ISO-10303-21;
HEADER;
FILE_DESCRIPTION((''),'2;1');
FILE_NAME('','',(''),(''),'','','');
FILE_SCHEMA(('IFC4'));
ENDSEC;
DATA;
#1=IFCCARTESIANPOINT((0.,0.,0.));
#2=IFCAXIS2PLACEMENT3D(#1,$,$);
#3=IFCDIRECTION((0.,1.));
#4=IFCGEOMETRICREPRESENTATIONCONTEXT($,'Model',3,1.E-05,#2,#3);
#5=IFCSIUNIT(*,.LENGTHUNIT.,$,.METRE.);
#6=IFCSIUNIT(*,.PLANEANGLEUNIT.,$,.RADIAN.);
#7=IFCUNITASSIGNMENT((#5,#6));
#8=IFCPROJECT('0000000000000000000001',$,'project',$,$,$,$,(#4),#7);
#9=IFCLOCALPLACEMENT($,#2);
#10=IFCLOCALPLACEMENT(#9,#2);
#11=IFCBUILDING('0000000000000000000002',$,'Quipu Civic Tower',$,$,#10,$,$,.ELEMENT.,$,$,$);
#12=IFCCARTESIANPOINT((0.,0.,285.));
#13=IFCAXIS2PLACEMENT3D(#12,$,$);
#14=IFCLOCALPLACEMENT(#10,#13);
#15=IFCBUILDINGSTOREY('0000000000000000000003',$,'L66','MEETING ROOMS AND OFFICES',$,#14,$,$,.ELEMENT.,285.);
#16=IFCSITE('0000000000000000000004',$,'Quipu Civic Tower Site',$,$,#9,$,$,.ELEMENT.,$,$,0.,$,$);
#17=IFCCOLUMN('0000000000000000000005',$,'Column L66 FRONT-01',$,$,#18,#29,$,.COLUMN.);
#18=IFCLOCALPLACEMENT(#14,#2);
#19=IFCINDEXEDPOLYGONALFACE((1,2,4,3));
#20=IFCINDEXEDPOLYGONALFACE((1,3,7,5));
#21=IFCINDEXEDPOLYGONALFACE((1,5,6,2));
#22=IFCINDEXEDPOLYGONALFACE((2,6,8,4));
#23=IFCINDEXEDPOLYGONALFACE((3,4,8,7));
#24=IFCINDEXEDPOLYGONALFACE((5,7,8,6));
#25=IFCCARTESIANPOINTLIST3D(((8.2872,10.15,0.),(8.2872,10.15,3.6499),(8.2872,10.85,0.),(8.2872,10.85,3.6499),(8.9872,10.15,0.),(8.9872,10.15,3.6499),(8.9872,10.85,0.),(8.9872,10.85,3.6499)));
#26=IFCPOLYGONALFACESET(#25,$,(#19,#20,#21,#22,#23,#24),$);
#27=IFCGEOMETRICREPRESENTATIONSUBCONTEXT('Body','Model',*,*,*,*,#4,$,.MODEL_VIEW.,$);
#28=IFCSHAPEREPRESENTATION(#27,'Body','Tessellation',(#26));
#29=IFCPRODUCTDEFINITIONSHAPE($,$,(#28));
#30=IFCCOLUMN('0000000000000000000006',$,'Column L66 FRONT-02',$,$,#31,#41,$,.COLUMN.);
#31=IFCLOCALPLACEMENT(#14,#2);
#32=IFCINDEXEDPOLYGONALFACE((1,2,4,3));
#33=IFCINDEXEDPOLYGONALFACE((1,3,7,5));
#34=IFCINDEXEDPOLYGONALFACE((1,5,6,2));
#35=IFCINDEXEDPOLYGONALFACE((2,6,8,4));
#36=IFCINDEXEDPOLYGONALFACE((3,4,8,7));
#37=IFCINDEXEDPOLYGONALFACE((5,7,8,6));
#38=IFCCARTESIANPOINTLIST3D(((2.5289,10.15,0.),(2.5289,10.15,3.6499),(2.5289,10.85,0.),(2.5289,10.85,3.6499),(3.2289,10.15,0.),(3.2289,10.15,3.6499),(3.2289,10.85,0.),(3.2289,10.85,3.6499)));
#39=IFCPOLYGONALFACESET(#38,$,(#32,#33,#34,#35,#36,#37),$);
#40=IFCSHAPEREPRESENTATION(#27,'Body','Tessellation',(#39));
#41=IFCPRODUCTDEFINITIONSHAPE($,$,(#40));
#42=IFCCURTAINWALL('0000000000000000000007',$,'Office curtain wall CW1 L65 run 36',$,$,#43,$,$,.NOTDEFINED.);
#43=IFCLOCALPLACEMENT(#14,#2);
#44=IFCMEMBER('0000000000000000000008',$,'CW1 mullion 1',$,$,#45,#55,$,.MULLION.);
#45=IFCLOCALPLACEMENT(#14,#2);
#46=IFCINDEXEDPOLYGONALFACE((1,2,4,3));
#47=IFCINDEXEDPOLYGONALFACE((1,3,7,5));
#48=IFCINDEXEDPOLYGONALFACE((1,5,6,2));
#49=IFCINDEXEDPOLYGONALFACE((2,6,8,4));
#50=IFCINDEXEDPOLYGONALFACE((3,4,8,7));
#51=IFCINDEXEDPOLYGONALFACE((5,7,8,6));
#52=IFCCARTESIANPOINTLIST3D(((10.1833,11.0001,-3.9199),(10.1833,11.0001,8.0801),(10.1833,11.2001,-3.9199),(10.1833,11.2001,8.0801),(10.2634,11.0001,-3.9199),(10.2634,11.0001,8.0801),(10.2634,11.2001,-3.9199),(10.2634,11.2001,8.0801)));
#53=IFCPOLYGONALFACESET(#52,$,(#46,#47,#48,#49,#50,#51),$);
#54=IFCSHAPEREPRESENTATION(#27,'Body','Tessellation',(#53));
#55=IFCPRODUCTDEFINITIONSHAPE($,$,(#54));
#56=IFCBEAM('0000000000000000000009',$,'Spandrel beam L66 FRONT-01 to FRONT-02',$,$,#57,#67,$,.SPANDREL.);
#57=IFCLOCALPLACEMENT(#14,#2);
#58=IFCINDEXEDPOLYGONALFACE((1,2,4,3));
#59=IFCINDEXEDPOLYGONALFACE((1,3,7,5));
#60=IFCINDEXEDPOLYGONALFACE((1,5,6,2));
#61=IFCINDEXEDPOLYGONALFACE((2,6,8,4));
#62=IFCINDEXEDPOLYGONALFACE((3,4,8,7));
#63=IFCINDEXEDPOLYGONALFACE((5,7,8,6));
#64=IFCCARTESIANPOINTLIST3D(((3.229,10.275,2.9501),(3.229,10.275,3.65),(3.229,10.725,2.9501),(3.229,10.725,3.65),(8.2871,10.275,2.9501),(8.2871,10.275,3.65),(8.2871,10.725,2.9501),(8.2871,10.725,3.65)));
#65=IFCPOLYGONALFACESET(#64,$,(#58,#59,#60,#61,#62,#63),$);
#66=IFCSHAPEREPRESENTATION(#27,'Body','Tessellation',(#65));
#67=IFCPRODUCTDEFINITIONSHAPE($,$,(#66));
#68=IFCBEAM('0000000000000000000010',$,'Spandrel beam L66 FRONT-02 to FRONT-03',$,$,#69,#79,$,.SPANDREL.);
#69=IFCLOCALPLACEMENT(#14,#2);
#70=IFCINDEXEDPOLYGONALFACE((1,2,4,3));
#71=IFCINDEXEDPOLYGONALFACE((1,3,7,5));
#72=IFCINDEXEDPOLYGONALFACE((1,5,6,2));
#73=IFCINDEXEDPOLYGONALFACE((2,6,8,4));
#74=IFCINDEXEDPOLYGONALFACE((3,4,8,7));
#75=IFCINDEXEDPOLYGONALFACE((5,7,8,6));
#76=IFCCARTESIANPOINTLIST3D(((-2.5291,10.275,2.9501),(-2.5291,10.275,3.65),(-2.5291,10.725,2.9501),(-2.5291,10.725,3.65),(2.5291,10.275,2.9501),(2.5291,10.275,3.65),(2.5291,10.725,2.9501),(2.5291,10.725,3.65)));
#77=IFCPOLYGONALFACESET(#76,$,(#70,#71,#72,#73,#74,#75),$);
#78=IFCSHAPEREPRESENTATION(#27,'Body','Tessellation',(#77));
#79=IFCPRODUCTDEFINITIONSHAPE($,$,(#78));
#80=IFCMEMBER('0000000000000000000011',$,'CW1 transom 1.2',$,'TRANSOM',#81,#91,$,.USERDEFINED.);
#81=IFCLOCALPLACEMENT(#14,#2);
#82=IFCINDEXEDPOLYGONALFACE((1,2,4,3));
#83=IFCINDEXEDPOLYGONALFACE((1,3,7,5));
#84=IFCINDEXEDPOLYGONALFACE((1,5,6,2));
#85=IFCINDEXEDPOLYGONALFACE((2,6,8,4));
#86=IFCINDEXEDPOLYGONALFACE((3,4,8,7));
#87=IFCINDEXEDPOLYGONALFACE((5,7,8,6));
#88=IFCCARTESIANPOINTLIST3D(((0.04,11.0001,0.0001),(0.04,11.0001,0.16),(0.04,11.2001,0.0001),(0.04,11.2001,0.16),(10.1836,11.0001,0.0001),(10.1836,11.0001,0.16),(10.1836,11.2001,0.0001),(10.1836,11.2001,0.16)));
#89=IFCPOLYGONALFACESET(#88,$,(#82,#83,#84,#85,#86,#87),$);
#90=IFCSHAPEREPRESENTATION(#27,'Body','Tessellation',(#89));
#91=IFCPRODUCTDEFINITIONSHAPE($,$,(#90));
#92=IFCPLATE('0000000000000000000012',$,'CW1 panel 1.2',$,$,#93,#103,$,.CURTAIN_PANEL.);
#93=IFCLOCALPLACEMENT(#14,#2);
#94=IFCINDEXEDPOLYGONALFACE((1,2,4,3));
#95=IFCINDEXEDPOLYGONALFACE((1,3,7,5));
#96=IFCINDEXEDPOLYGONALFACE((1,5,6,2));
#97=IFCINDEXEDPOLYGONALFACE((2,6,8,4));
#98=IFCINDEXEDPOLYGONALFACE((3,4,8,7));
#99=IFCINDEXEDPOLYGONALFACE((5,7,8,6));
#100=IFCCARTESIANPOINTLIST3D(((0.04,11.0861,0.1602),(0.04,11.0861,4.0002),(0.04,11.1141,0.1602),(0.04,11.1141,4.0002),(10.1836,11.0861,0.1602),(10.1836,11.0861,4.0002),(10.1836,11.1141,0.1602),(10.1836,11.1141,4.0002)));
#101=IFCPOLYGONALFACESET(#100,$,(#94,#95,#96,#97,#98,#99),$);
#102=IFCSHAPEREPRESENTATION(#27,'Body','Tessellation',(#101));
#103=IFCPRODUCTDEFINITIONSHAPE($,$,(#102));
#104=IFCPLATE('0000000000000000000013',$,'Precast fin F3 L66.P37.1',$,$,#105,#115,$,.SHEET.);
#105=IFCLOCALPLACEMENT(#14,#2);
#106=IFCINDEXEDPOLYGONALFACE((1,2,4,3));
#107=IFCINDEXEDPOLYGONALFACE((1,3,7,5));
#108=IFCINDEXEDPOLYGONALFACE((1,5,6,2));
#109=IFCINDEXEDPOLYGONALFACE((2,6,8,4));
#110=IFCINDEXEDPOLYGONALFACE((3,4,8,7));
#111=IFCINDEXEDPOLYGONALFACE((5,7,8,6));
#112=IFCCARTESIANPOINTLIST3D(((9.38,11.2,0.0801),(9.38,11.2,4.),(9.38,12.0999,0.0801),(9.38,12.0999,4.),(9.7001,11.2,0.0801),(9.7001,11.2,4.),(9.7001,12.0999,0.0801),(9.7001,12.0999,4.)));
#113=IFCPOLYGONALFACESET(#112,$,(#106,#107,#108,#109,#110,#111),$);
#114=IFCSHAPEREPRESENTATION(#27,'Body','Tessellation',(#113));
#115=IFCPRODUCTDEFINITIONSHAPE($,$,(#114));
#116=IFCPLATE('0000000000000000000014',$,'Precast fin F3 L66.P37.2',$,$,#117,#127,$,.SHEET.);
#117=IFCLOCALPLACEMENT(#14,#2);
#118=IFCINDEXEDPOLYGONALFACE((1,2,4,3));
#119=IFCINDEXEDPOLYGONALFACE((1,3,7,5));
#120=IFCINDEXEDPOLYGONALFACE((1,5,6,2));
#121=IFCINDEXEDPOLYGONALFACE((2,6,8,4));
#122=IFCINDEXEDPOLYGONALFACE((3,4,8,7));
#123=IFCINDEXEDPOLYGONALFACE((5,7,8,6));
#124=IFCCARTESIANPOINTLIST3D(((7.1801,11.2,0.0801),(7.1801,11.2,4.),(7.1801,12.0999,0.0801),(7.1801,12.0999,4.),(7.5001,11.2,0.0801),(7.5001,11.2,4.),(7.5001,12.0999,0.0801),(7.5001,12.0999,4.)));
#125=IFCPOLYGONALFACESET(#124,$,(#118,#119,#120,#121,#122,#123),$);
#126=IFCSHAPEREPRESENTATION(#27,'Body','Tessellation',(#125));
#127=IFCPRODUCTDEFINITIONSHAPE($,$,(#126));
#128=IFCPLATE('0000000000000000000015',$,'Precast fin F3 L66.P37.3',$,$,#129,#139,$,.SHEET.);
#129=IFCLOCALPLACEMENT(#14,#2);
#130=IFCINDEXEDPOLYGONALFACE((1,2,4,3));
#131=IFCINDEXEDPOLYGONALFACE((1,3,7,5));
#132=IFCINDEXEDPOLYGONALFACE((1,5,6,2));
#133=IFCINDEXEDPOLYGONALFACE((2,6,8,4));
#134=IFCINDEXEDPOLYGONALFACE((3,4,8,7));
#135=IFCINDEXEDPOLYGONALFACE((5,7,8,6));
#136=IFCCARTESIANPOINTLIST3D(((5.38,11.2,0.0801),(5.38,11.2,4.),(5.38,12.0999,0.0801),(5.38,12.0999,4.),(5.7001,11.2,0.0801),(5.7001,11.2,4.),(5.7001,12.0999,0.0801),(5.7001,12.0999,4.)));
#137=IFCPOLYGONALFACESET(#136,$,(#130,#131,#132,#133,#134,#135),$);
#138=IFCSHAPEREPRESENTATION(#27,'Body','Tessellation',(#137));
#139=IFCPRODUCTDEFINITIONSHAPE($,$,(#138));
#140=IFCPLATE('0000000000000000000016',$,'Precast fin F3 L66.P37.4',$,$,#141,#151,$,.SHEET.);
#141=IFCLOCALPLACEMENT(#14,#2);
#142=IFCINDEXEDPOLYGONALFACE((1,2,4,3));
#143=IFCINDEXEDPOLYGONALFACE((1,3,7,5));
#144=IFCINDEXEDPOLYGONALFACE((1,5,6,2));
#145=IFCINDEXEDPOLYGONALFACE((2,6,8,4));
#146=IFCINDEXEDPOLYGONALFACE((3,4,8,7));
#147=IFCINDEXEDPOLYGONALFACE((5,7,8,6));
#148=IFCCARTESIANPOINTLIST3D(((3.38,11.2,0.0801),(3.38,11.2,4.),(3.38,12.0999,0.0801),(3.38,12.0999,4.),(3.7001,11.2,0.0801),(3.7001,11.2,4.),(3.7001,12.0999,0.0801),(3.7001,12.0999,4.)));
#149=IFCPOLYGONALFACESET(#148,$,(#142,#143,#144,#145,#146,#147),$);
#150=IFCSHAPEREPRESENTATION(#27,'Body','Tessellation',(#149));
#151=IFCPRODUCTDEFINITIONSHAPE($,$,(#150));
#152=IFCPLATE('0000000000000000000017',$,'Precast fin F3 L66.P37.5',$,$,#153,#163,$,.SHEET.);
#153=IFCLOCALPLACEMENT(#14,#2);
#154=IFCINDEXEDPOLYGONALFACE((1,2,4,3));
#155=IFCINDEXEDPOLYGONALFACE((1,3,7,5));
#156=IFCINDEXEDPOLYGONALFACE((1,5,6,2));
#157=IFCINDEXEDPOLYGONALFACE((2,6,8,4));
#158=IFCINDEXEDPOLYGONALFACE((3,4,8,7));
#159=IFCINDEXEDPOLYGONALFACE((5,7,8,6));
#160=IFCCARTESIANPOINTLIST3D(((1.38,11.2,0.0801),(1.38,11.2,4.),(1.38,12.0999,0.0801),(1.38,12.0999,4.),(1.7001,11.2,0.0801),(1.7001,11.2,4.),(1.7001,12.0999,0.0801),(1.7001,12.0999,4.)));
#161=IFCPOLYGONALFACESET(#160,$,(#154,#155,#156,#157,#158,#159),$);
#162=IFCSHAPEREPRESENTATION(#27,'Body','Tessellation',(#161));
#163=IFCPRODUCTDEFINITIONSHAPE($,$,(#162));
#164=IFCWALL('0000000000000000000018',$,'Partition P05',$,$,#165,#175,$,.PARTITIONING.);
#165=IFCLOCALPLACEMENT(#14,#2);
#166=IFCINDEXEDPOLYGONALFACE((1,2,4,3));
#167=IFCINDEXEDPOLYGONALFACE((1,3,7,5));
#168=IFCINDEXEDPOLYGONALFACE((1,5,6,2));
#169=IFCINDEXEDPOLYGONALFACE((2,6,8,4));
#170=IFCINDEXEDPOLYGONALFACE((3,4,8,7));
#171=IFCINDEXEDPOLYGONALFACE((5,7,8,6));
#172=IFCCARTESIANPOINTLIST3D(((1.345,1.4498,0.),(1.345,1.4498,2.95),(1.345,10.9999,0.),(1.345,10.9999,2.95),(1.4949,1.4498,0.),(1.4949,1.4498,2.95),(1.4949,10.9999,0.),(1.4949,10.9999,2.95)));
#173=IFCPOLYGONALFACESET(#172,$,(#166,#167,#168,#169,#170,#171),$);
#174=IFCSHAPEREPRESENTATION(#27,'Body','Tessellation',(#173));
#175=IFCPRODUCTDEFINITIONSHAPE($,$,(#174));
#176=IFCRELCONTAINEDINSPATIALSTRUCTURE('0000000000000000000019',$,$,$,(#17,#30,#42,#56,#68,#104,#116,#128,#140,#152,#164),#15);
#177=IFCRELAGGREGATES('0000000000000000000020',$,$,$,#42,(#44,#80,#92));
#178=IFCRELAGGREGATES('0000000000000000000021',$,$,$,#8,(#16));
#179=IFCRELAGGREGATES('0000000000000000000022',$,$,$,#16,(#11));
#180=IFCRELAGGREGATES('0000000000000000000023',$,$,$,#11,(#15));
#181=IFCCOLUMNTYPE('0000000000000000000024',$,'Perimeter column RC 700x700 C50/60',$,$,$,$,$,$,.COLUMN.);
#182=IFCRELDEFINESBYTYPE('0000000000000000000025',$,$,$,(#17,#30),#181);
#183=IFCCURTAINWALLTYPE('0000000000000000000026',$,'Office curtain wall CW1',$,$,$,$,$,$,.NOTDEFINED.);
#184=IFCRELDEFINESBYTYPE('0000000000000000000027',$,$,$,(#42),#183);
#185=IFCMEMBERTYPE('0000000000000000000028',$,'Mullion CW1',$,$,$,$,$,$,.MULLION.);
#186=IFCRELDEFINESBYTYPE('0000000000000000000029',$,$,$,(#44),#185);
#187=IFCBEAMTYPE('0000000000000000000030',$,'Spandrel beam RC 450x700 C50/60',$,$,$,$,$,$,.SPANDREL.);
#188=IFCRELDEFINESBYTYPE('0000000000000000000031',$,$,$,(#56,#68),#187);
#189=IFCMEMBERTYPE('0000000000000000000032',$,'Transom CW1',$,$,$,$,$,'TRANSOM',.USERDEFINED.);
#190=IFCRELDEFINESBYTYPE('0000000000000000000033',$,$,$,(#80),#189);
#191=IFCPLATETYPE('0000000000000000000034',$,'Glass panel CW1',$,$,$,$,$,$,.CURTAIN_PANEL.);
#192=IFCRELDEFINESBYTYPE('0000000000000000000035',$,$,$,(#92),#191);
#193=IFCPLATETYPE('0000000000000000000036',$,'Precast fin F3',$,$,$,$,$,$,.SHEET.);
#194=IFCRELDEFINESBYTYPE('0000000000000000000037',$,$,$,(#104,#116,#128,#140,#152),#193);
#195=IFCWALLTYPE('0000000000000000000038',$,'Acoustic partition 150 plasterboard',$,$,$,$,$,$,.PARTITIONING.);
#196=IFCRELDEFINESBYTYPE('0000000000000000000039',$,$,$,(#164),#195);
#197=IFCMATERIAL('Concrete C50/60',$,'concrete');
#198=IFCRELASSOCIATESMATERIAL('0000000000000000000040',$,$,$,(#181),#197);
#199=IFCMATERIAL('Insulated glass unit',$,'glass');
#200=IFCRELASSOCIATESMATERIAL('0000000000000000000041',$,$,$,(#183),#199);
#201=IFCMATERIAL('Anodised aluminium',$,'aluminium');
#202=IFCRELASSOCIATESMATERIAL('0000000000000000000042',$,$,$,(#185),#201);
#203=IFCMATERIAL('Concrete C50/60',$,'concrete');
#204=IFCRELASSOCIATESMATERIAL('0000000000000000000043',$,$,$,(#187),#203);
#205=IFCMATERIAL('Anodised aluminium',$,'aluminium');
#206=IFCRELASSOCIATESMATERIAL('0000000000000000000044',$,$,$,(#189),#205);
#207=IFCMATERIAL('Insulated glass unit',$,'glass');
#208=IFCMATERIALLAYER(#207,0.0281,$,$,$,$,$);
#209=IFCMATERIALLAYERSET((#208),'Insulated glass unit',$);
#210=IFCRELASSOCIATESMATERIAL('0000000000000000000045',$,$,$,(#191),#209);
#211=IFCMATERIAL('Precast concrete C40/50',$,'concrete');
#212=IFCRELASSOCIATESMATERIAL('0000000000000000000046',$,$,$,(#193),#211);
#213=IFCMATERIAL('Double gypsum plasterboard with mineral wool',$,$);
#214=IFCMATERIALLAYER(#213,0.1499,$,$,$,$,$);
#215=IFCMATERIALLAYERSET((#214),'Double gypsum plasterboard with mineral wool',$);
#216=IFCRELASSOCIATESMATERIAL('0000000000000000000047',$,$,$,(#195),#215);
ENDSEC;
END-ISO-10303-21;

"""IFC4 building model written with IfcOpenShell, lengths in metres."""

from ifc_helpers import new_model, si_unit, direction, frame, frame_2d, origin, origin_2d, place, context, subcontext, project, spatial, rectangle, extrude, material, layer, layer_set, material_profile, profile_set, type_object, element, aggregate, save


model = new_model("IFC4")

# Units and contexts
model_context = context("Model", 3, precision=1e-05, world=origin(), true_north=direction((0.0, 1.0)))
body_context = subcontext(model_context, "Body", "Model", "MODEL_VIEW")
ifc_project = project(units=[si_unit("LENGTHUNIT", "METRE"), si_unit("PLANEANGLEUNIT", "RADIAN")], contexts=[model_context])

# Site, building, storey
site_placement = place(None, origin())
site = spatial("IfcSite", under=ifc_project, at=site_placement, Name="Quipu Civic Tower Site", CompositionType="ELEMENT", RefElevation=0.0)
building_placement = place(site_placement, origin())
building = spatial("IfcBuilding", under=site, at=building_placement, Name="Quipu Civic Tower", CompositionType="ELEMENT")
storey_placement = place(building_placement, frame((0.0, 0.0, 285.0)))
storey = spatial("IfcBuildingStorey", under=building, at=storey_placement, Name="L66", Description="MEETING ROOMS AND OFFICES", CompositionType="ELEMENT", Elevation=285.0)

# Columns
ifc_material_1 = material(Name="Concrete C50/60", Category="concrete")
ifc_material_profile_1 = material_profile(ifc_material_1, rectangle(XDim=0.7, YDim=0.7, at=origin_2d()), Name="RC700x700")
ifc_profile_set_1 = profile_set([ifc_material_profile_1], Name="Concrete C50/60")
column_type = type_object("IfcColumnType", Name="Perimeter column RC 700x700 C50/60", PredefinedType="COLUMN", material=ifc_profile_set_1)
for number, where, z_axis, x_axis, name in (
    (1, (8.6372, 10.5, 0.0), (0.0, 0.0, 1.0), (-1.0, 0.0, 0.0), "Column L66 FRONT-01"),
    (2, (2.8789, 10.5, 0.0), (0.0, 0.0, 1.0), (-1.0, 0.0, 0.0), "Column L66 FRONT-02"),
):
    element("IfcColumn", number, at=place(storey_placement, frame(where, z_axis=z_axis, x_axis=x_axis)), inside=storey, type_object=column_type, Name=name, PredefinedType="COLUMN", context=body_context, shape_type="SweptSolid", body=[
        extrude(rectangle(XDim=0.7, YDim=0.7, at=origin_2d()), origin(), (0.0, 0.0, 1.0), 3.6499),
    ])

# Curtain wall, member
ifc_material_2 = material(Name="Insulated glass unit", Category="glass")
curtain_wall_type = type_object("IfcCurtainWallType", Name="Office curtain wall CW1", PredefinedType="NOTDEFINED", material=ifc_material_2)
curtain_wall_placement = place(storey_placement, origin())
curtain_wall = element("IfcCurtainWall", 3, at=curtain_wall_placement, inside=storey, type_object=curtain_wall_type, Name="Office curtain wall CW1 L65 run 36", PredefinedType="NOTDEFINED")
ifc_material_3 = material(Name="Anodised aluminium", Category="aluminium")
ifc_material_profile_2 = material_profile(ifc_material_3, rectangle(XDim=0.2, YDim=0.0801, at=origin_2d()), Name="RECT 200x80")
ifc_profile_set_2 = profile_set([ifc_material_profile_2], Name="Anodised aluminium")
member_type_1 = type_object("IfcMemberType", Name="Mullion CW1", PredefinedType="MULLION", material=ifc_profile_set_2)
member_1_placement = place(storey_placement, frame((10.2234, 11.1001, -3.9199), z_axis=(0.0, 0.0, 1.0), x_axis=(0.0, -1.0, 0.0)))
member_1 = element("IfcMember", 4, at=member_1_placement, type_object=member_type_1, Name="CW1 mullion 1", PredefinedType="MULLION", context=body_context, shape_type="SweptSolid", body=[
    extrude(rectangle(XDim=0.2, YDim=0.0801, at=origin_2d()), origin(), (0.0, 0.0, 1.0), 12.0),
])

# Beams
ifc_material_4 = material(Name="Concrete C50/60", Category="concrete")
ifc_material_profile_3 = material_profile(ifc_material_4, rectangle(XDim=0.45, YDim=0.7, at=origin_2d()), Name="RC450x700")
ifc_profile_set_3 = profile_set([ifc_material_profile_3], Name="Concrete C50/60")
beam_type = type_object("IfcBeamType", Name="Spandrel beam RC 450x700 C50/60", PredefinedType="SPANDREL", material=ifc_profile_set_3)
for number, where, z_axis, x_axis, name in (
    (5, (8.2871, 10.5, 3.3), (-1.0, 0.0, 0.0), (0.0, -1.0, 0.0), "Spandrel beam L66 FRONT-01 to FRONT-02"),
    (6, (2.5291, 10.5, 3.3), (-1.0, 0.0, 0.0), (0.0, -1.0, 0.0), "Spandrel beam L66 FRONT-02 to FRONT-03"),
):
    element("IfcBeam", number, at=place(storey_placement, frame(where, z_axis=z_axis, x_axis=x_axis)), inside=storey, type_object=beam_type, Name=name, PredefinedType="SPANDREL", context=body_context, shape_type="SweptSolid", body=[
        extrude(rectangle(XDim=0.45, YDim=0.7, at=origin_2d()), origin(), (0.0, 0.0, 1.0), 5.0581),
    ])

# Member
ifc_material_5 = material(Name="Anodised aluminium", Category="aluminium")
ifc_material_profile_4 = material_profile(ifc_material_5, rectangle(XDim=0.2, YDim=0.1599, at=origin_2d()), Name="RECT 200x160")
ifc_profile_set_4 = profile_set([ifc_material_profile_4], Name="Anodised aluminium")
member_type_2 = type_object("IfcMemberType", Name="Transom CW1", ElementType="TRANSOM", PredefinedType="USERDEFINED", material=ifc_profile_set_4)
member_2_placement = place(storey_placement, frame((10.1836, 11.1001, 0.0801), z_axis=(-1.0, 0.0, 0.0), x_axis=(0.0, -1.0, 0.0)))
member_2 = element("IfcMember", 7, at=member_2_placement, type_object=member_type_2, Name="CW1 transom 1.2", ObjectType="TRANSOM", PredefinedType="USERDEFINED", context=body_context, shape_type="SweptSolid", body=[
    extrude(rectangle(XDim=0.2, YDim=0.1599, at=origin_2d()), origin(), (0.0, 0.0, 1.0), 10.1436),
])

# Plate
ifc_material_6 = material(Name="Insulated glass unit", Category="glass")
ifc_layer_1 = layer(ifc_material_6, 0.0281)
ifc_layer_set_1 = layer_set([ifc_layer_1], Name="Insulated glass unit")
plate_type_1 = type_object("IfcPlateType", Name="Glass panel CW1", PredefinedType="CURTAIN_PANEL", material=ifc_layer_set_1)
plate_placement = place(storey_placement, frame((5.1118, 11.1001, 0.1602), z_axis=(0.0, 0.0, 1.0), x_axis=(-1.0, 0.0, 0.0)))
plate = element("IfcPlate", 8, at=plate_placement, type_object=plate_type_1, Name="CW1 panel 1.2", PredefinedType="CURTAIN_PANEL", context=body_context, shape_type="SweptSolid", body=[
    extrude(rectangle(XDim=10.1436, YDim=0.0281, at=origin_2d()), origin(), (0.0, 0.0, 1.0), 3.8401),
])
aggregate(curtain_wall, [member_1, member_2, plate])

# Plates
ifc_material_7 = material(Name="Precast concrete C40/50", Category="concrete")
plate_type_2 = type_object("IfcPlateType", Name="Precast fin F3", PredefinedType="SHEET", material=ifc_material_7)
for number, where, z_axis, x_axis, name in (
    (9, (9.54, 11.6499, 0.0801), (0.0, 0.0, 1.0), (-1.0, 0.0, 0.0), "Precast fin F3 L66.P37.1"),
    (10, (7.3401, 11.6499, 0.0801), (0.0, 0.0, 1.0), (-1.0, 0.0, 0.0), "Precast fin F3 L66.P37.2"),
    (11, (5.54, 11.6499, 0.0801), (0.0, 0.0, 1.0), (-1.0, 0.0, 0.0), "Precast fin F3 L66.P37.3"),
    (12, (3.54, 11.6499, 0.0801), (0.0, 0.0, 1.0), (-1.0, 0.0, 0.0), "Precast fin F3 L66.P37.4"),
    (13, (1.54, 11.6499, 0.0801), (0.0, 0.0, 1.0), (-1.0, 0.0, 0.0), "Precast fin F3 L66.P37.5"),
):
    element("IfcPlate", number, at=place(storey_placement, frame(where, z_axis=z_axis, x_axis=x_axis)), inside=storey, type_object=plate_type_2, Name=name, PredefinedType="SHEET", context=body_context, shape_type="SweptSolid", body=[
        extrude(rectangle(XDim=0.3201, YDim=0.8999, at=origin_2d()), origin(), (0.0, 0.0, 1.0), 3.9199),
    ])

# Wall
ifc_material_8 = material(Name="Double gypsum plasterboard with mineral wool")
ifc_layer_2 = layer(ifc_material_8, 0.1499)
ifc_layer_set_2 = layer_set([ifc_layer_2], Name="Double gypsum plasterboard with mineral wool")
wall_type_1 = type_object("IfcWallType", Name="Acoustic partition 150 plasterboard", PredefinedType="PARTITIONING", material=ifc_layer_set_2)
wall_1_placement = place(storey_placement, frame((1.4199, 1.45, 0.0), z_axis=(0.0, 0.0, 1.0), x_axis=(0.0, 1.0, 0.0)))
element("IfcWall", 14, at=wall_1_placement, inside=storey, type_object=wall_type_1, Name="Partition P05", PredefinedType="PARTITIONING", context=body_context, shape_type="SweptSolid", body=[
    extrude(rectangle(XDim=9.55, YDim=0.1499, at=frame_2d((4.7749, 0.0))), origin(), (0.0, 0.0, 1.0), 2.95),
])

save(model, "model.ifc")
